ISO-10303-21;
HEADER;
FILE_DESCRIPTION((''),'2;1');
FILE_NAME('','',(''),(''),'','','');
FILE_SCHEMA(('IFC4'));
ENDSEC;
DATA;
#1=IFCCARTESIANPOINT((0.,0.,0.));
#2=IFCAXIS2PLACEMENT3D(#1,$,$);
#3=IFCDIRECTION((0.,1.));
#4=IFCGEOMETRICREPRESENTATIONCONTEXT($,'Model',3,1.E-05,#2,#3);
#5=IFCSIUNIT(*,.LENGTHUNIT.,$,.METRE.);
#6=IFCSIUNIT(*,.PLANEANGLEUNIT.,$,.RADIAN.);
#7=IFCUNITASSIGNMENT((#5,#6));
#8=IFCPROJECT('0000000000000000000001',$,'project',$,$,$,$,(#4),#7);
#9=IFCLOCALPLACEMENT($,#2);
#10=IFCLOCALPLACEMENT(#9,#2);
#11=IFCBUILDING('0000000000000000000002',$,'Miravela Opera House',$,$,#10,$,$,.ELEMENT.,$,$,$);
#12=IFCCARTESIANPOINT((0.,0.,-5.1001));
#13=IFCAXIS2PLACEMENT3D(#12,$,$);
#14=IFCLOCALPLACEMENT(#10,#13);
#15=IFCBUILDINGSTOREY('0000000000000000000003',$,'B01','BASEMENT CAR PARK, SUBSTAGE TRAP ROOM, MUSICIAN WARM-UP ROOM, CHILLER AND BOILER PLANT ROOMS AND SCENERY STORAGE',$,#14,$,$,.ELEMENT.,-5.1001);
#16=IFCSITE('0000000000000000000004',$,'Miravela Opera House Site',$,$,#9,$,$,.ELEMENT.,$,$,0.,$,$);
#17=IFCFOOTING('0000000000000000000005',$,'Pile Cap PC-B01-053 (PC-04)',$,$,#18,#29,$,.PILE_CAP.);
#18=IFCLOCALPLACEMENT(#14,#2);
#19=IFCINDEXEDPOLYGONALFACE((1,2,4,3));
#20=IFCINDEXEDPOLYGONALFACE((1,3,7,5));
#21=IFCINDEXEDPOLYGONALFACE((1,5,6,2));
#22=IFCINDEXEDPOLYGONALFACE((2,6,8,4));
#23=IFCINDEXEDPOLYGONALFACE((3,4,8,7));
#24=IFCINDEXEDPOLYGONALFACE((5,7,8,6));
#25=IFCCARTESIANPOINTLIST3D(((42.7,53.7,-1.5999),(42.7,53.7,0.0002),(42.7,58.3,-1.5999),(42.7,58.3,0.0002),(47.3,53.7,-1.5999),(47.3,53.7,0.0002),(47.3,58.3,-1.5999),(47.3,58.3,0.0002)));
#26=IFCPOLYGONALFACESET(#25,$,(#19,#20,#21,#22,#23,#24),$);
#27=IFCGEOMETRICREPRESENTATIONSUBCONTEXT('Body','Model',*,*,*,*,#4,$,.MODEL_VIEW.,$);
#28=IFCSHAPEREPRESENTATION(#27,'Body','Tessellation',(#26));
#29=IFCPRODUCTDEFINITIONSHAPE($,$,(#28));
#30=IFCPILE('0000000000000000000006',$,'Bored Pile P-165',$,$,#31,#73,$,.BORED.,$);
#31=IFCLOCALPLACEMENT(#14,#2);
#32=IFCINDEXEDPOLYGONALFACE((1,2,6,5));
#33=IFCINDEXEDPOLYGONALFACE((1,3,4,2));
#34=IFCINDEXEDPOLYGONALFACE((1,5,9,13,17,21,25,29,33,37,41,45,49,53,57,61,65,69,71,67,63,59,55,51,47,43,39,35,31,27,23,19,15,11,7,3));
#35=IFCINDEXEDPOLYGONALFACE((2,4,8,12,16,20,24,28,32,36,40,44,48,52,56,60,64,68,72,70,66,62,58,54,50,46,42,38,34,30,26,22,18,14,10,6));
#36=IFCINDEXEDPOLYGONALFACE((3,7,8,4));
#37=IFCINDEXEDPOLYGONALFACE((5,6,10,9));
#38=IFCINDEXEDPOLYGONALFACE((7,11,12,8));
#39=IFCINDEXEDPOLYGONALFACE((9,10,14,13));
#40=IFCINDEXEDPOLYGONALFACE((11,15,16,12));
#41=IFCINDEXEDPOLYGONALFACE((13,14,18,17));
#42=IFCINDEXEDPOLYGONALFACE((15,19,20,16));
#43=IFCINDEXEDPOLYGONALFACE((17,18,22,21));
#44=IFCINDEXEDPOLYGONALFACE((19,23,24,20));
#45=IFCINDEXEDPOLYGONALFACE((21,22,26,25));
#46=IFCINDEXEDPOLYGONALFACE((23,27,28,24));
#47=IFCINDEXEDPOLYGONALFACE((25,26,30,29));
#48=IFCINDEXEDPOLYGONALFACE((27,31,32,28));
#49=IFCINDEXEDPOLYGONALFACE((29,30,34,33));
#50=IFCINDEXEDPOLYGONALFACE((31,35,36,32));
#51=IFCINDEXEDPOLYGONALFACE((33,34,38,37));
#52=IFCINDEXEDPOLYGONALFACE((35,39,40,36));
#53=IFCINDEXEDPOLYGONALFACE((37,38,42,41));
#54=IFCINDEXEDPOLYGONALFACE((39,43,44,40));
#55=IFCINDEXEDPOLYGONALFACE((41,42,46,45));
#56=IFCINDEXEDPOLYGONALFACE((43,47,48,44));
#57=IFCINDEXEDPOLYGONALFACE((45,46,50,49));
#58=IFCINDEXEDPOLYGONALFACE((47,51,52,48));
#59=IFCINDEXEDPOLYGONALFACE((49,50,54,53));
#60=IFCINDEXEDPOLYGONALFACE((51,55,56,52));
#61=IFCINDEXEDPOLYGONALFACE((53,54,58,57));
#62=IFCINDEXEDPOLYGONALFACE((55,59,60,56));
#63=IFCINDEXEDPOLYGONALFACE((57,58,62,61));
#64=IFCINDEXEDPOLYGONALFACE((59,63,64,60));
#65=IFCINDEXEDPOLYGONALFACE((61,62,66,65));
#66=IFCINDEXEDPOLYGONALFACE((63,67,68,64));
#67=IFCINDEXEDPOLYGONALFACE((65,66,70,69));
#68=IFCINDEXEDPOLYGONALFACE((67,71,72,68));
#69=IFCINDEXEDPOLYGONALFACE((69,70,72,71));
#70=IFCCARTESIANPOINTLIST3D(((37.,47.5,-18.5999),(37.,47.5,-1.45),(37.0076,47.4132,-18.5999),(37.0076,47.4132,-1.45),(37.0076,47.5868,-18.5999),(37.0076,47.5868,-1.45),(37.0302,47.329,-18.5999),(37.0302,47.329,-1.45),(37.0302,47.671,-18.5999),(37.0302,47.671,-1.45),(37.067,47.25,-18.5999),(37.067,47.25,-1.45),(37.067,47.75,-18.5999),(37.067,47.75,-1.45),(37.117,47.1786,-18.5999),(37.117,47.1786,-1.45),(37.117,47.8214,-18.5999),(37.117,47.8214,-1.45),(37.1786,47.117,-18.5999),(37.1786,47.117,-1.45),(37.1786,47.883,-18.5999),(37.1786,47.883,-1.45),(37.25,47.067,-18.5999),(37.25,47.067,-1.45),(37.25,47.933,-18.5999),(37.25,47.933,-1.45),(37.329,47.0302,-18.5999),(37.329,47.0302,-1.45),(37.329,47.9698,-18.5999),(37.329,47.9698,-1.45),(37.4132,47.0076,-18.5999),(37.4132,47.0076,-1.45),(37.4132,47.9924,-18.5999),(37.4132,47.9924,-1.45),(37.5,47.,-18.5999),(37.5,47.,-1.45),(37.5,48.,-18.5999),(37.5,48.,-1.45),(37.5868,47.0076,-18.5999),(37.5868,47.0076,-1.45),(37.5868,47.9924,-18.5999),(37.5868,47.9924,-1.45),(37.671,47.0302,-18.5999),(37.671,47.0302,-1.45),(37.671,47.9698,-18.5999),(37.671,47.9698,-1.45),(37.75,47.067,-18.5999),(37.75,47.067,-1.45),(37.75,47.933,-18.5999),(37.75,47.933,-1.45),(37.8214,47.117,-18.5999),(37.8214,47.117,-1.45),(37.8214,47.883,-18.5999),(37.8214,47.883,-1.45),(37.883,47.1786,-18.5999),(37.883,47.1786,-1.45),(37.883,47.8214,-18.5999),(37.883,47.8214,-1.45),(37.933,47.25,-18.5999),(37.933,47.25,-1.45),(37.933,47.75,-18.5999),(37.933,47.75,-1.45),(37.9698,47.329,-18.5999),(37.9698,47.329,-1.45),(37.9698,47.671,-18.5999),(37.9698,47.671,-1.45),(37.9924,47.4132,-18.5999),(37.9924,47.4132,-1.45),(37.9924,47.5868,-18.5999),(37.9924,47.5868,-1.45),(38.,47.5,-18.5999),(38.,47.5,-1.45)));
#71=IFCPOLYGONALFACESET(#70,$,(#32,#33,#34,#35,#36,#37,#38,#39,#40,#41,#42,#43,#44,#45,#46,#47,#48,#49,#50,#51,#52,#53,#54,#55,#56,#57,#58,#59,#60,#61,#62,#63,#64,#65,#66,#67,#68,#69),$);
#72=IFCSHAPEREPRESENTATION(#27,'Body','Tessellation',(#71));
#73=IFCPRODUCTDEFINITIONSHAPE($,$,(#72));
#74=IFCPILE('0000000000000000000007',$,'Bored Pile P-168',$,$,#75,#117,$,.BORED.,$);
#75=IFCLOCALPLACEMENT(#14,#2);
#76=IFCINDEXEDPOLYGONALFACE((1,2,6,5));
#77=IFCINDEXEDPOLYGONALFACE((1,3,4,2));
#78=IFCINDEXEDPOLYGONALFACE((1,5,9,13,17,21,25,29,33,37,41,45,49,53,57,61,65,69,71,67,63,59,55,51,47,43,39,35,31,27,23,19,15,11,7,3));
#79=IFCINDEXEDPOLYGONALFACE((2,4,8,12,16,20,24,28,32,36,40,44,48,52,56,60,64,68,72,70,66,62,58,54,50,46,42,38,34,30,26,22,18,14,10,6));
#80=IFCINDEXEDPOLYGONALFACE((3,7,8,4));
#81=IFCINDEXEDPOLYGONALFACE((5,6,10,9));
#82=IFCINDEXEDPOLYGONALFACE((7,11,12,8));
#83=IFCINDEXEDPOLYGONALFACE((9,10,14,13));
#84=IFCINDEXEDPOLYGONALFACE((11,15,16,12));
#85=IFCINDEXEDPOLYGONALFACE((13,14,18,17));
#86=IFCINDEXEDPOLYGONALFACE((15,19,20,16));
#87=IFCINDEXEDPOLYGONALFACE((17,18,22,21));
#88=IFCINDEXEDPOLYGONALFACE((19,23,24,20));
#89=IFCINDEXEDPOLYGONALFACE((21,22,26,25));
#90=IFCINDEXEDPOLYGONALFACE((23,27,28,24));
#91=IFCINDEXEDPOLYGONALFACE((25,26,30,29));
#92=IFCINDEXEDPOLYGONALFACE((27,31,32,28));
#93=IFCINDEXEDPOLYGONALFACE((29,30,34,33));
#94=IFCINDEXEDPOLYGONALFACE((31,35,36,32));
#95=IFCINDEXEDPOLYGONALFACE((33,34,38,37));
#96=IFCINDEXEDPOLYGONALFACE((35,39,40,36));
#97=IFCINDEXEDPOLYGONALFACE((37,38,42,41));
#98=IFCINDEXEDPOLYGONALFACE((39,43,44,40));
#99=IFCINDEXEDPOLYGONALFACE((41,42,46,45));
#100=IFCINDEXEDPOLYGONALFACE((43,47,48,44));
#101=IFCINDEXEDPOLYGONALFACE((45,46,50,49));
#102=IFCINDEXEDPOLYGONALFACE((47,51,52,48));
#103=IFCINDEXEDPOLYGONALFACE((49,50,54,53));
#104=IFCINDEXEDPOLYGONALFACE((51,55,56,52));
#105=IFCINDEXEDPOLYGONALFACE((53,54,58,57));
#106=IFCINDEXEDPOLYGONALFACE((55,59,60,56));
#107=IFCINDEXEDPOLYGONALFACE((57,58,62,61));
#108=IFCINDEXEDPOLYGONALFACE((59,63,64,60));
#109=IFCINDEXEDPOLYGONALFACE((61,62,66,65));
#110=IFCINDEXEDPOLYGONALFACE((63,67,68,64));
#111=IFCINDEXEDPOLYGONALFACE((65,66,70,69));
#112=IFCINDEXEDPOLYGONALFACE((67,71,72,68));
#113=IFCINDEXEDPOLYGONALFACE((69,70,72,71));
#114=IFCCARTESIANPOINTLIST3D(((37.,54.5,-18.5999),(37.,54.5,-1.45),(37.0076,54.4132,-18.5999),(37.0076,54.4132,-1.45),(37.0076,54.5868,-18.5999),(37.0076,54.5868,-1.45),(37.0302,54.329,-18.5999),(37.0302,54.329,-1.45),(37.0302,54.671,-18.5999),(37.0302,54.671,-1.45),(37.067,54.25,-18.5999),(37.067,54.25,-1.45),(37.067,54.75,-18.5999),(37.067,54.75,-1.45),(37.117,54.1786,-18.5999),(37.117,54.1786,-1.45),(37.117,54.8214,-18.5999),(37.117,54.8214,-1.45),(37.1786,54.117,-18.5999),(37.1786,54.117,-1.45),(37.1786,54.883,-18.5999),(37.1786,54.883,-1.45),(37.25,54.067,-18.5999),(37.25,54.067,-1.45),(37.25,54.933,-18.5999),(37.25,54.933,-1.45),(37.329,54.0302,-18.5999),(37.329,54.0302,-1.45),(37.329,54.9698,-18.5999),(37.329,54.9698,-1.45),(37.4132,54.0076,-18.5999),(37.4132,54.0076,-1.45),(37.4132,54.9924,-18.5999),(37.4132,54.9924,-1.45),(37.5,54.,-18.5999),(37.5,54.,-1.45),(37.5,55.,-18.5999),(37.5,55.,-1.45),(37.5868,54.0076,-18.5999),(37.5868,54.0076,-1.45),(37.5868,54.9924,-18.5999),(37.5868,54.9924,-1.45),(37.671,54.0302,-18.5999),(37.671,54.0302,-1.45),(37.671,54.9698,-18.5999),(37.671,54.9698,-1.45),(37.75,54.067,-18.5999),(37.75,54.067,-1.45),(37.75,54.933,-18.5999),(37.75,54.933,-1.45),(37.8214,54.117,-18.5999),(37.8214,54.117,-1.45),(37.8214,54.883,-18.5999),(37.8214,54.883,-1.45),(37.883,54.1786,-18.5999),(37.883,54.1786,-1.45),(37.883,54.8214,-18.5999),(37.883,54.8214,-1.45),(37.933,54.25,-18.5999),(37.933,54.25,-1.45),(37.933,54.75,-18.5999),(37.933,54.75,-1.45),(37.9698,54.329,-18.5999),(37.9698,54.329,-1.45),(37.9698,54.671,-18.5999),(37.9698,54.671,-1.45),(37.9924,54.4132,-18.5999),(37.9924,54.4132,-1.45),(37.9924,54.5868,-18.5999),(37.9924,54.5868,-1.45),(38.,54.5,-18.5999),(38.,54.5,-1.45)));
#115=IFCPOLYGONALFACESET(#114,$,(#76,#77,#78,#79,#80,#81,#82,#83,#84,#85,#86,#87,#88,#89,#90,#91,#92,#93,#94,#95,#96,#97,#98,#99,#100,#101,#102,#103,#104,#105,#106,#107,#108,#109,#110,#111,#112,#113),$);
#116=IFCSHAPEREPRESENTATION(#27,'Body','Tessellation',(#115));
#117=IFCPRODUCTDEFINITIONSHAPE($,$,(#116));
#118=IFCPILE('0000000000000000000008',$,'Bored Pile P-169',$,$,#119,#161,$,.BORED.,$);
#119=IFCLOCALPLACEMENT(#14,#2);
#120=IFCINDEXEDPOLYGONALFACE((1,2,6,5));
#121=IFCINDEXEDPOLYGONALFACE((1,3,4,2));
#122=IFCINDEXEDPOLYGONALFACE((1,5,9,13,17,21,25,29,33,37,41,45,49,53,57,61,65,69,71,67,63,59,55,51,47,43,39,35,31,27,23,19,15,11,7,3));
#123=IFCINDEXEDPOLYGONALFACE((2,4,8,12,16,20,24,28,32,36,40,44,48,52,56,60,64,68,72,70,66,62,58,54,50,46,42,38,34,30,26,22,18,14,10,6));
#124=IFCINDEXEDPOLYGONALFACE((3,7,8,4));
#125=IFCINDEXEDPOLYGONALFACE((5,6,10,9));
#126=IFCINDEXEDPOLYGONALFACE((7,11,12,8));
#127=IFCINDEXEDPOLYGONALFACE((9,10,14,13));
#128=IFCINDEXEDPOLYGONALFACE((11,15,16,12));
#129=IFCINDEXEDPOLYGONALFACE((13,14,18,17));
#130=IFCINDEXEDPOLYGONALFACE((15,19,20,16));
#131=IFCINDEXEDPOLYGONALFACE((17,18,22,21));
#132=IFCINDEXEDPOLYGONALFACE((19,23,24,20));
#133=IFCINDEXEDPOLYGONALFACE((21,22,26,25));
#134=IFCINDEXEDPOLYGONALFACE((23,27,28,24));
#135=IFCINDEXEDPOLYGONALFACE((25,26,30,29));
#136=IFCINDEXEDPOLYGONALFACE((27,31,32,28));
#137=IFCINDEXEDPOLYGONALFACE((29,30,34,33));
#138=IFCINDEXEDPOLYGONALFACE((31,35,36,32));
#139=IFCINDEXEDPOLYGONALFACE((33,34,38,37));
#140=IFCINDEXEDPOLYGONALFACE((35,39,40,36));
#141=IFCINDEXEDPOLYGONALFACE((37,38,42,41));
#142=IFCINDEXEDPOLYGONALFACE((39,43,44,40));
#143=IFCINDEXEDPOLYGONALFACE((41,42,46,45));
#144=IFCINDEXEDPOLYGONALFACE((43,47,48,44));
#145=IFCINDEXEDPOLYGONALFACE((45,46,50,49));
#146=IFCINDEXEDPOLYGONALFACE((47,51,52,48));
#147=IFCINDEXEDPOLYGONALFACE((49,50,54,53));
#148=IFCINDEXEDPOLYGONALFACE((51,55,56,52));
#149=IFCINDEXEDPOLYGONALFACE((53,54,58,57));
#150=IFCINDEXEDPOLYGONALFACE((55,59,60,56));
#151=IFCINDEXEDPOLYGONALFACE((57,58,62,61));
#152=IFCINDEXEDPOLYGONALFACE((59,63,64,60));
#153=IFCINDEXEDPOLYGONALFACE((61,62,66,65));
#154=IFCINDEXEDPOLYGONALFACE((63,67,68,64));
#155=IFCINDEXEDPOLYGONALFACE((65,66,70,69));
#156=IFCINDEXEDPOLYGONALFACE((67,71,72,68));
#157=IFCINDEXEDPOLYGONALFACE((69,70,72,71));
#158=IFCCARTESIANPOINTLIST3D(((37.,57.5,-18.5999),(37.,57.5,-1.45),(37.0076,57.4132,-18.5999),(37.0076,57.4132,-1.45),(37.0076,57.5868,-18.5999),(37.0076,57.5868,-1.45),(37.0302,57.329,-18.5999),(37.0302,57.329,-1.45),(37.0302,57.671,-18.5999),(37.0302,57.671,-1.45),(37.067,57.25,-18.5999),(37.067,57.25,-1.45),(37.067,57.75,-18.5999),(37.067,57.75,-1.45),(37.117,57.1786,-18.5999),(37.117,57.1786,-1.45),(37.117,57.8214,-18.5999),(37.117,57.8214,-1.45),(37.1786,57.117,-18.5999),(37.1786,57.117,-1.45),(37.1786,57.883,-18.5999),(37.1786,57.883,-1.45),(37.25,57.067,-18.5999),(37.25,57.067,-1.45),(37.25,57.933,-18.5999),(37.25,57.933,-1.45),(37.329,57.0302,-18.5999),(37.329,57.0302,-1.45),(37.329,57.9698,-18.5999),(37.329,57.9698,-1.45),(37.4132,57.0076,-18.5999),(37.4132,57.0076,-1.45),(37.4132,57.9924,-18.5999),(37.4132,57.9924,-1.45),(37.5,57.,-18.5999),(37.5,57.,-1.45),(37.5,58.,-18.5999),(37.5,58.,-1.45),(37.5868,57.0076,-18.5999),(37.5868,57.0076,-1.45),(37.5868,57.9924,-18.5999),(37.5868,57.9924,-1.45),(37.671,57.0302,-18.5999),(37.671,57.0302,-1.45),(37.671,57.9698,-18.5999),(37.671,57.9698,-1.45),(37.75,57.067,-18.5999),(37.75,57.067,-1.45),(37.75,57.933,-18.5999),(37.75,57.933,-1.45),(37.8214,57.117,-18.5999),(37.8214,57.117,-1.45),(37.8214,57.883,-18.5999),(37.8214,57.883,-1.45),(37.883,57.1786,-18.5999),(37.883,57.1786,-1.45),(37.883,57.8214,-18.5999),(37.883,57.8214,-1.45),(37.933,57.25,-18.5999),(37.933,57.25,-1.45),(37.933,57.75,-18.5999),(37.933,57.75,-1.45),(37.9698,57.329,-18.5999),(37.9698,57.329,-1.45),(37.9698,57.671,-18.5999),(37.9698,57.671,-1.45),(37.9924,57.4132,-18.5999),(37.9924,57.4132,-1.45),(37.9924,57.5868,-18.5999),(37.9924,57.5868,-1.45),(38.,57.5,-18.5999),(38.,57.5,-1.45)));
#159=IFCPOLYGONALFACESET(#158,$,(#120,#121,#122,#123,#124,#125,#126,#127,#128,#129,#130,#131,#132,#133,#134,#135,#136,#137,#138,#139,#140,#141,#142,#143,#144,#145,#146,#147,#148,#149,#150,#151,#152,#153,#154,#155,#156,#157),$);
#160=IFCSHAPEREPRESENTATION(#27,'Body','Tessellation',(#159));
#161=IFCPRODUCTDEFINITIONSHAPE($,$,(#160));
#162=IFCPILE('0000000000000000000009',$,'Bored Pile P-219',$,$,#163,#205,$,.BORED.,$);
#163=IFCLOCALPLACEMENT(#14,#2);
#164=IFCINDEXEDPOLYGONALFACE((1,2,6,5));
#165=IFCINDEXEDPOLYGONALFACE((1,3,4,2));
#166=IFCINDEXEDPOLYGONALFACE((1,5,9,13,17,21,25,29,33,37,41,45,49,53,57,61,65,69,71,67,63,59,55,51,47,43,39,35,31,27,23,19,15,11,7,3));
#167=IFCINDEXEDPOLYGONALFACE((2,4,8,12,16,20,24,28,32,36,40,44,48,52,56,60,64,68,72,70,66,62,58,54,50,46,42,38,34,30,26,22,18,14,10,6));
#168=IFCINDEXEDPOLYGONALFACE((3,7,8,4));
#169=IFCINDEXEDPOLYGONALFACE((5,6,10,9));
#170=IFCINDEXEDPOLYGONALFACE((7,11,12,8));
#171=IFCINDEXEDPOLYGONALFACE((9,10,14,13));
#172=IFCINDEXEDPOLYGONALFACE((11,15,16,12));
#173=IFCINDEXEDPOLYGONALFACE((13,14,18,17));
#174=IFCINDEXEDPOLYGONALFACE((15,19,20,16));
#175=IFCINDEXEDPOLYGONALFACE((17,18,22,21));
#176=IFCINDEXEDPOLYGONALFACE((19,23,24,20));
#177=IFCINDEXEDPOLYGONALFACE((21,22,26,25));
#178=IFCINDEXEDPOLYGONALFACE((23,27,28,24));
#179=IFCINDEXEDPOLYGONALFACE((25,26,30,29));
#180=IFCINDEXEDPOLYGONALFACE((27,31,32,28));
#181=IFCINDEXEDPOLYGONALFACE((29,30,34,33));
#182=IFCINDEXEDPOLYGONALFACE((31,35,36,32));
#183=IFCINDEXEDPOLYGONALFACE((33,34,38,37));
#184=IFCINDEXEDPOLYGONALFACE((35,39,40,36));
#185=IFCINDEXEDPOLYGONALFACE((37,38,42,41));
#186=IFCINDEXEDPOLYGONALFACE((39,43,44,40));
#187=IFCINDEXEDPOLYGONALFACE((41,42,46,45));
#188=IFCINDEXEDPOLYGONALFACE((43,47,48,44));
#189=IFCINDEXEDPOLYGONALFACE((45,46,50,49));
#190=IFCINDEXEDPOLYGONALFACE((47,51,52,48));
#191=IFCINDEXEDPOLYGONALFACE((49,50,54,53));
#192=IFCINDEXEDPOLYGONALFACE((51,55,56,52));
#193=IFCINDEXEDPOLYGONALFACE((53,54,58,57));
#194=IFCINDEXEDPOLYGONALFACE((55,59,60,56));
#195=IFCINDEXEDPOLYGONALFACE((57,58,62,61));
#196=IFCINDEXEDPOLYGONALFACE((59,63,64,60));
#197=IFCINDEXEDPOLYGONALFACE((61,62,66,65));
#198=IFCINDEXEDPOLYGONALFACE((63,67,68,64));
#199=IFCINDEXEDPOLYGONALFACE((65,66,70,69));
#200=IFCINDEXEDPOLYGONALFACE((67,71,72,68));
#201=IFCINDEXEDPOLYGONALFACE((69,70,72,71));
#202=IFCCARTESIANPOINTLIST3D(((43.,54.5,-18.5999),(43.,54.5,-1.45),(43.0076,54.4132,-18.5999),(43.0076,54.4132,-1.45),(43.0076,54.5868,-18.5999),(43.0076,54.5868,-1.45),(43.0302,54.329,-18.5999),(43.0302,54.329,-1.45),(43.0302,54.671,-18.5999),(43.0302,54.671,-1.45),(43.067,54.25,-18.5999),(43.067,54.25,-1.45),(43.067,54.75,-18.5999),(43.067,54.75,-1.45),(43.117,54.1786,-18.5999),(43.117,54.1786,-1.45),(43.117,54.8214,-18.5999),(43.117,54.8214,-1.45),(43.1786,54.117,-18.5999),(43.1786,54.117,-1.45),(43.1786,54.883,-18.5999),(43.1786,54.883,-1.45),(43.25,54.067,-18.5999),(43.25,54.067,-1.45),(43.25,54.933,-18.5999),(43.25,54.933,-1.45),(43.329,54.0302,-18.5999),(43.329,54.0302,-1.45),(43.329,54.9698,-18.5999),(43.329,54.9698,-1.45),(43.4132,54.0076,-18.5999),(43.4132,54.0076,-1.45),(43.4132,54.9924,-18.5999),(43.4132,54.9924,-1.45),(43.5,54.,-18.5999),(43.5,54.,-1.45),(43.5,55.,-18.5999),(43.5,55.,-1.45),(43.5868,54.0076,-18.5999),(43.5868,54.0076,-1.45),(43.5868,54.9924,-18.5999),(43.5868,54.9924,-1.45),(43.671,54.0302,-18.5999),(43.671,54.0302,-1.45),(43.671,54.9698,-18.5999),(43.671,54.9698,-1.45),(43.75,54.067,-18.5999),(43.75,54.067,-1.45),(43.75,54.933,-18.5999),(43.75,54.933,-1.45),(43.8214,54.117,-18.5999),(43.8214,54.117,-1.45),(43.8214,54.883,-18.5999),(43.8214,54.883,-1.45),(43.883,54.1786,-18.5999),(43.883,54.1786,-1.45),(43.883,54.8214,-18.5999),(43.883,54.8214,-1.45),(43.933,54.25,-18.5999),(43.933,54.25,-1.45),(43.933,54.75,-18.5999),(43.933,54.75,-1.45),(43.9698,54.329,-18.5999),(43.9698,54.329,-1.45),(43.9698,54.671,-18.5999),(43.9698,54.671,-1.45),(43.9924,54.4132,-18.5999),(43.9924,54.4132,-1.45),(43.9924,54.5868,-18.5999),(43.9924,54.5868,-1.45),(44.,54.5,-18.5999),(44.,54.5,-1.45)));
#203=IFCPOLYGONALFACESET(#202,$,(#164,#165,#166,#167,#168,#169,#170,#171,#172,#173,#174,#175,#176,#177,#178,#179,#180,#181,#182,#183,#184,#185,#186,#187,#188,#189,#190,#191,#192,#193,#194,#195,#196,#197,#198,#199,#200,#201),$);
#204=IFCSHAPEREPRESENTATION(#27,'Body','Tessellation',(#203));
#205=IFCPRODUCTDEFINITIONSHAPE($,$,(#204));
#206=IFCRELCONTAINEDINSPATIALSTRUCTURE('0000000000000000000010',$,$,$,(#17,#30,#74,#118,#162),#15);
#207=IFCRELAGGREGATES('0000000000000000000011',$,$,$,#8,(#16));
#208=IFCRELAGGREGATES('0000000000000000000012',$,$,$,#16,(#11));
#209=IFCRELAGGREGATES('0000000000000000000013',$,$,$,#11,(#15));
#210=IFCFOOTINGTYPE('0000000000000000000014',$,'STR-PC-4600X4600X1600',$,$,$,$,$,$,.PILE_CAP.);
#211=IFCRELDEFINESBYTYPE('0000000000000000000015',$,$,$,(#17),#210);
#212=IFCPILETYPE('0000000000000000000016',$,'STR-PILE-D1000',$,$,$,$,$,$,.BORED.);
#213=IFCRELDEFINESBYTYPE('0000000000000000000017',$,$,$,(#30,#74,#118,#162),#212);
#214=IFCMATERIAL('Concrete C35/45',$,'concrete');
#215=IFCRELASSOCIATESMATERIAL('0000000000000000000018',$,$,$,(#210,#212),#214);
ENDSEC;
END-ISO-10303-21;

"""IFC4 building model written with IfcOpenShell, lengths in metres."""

from ifc_helpers import new_model, si_unit, direction, frame, origin, origin_2d, place, context, subcontext, project, spatial, rectangle, circle, extrude, material, material_profile, profile_set, type_object, element, save


model = new_model("IFC4")

# Units and contexts
model_context = context("Model", 3, precision=1e-05, world=origin(), true_north=direction((0.0, 1.0)))
body_context = subcontext(model_context, "Body", "Model", "MODEL_VIEW")
ifc_project = project(units=[si_unit("LENGTHUNIT", "METRE"), si_unit("PLANEANGLEUNIT", "RADIAN")], contexts=[model_context])

# Site, building, storey
site_placement = place(None, origin())
site = spatial("IfcSite", under=ifc_project, at=site_placement, Name="Miravela Opera House Site", CompositionType="ELEMENT", RefElevation=0.0)
building_placement = place(site_placement, origin())
building = spatial("IfcBuilding", under=site, at=building_placement, Name="Miravela Opera House", CompositionType="ELEMENT")
storey_placement = place(building_placement, frame((0.0, 0.0, -5.1001)))
storey = spatial("IfcBuildingStorey", under=building, at=storey_placement, Name="B01", Description="BASEMENT CAR PARK, SUBSTAGE TRAP ROOM, MUSICIAN WARM-UP ROOM, CHILLER AND BOILER PLANT ROOMS AND SCENERY STORAGE", CompositionType="ELEMENT", Elevation=-5.1001)

# Footing
ifc_material_1 = material(Name="Concrete C35/45", Category="concrete")
footing_type = type_object("IfcFootingType", Name="STR-PC-4600X4600X1600", PredefinedType="PILE_CAP", material=ifc_material_1)
footing_placement = place(storey_placement, frame((45.0, 56.0, -1.5999), z_axis=(0.0, 0.0, 1.0), x_axis=(1.0, 0.0, 0.0)))
element("IfcFooting", 1, at=footing_placement, inside=storey, type_object=footing_type, Name="Pile Cap PC-B01-053 (PC-04)", PredefinedType="PILE_CAP", context=body_context, shape_type="SweptSolid", body=[
    extrude(rectangle(XDim=4.6001, YDim=4.6001, at=origin_2d()), origin(), (0.0, 0.0, 1.0), 1.6001),
])

# Piles
ifc_material_profile_1 = material_profile(ifc_material_1, circle(Radius=0.5, at=origin_2d()), Name="PILE-D1000")
ifc_profile_set_1 = profile_set([ifc_material_profile_1])
pile_type_1 = type_object("IfcPileType", Name="STR-PILE-D1000", PredefinedType="BORED", material=ifc_profile_set_1)
for number, where, z_axis, x_axis, name in (
    (2, (37.5, 47.5, -1.45), (0.0, 0.0, -1.0), (1.0, 0.0, 0.0), "Bored Pile P-165"),
    (3, (37.5, 54.5, -1.45), (0.0, 0.0, -1.0), (1.0, 0.0, 0.0), "Bored Pile P-168"),
    (4, (37.5, 57.5, -1.45), (0.0, 0.0, -1.0), (1.0, 0.0, 0.0), "Bored Pile P-169"),
    (5, (43.5, 54.5, -1.45), (0.0, 0.0, -1.0), (1.0, 0.0, 0.0), "Bored Pile P-219"),
):
    element("IfcPile", number, at=place(storey_placement, frame(where, z_axis=z_axis, x_axis=x_axis)), inside=storey, type_object=pile_type_1, Name=name, PredefinedType="BORED", context=body_context, shape_type="SweptSolid", body=[
        extrude(circle(Radius=0.5, at=origin_2d()), origin(), (0.0, 0.0, 1.0), 17.1499),
    ])

save(model, "model.ifc")
